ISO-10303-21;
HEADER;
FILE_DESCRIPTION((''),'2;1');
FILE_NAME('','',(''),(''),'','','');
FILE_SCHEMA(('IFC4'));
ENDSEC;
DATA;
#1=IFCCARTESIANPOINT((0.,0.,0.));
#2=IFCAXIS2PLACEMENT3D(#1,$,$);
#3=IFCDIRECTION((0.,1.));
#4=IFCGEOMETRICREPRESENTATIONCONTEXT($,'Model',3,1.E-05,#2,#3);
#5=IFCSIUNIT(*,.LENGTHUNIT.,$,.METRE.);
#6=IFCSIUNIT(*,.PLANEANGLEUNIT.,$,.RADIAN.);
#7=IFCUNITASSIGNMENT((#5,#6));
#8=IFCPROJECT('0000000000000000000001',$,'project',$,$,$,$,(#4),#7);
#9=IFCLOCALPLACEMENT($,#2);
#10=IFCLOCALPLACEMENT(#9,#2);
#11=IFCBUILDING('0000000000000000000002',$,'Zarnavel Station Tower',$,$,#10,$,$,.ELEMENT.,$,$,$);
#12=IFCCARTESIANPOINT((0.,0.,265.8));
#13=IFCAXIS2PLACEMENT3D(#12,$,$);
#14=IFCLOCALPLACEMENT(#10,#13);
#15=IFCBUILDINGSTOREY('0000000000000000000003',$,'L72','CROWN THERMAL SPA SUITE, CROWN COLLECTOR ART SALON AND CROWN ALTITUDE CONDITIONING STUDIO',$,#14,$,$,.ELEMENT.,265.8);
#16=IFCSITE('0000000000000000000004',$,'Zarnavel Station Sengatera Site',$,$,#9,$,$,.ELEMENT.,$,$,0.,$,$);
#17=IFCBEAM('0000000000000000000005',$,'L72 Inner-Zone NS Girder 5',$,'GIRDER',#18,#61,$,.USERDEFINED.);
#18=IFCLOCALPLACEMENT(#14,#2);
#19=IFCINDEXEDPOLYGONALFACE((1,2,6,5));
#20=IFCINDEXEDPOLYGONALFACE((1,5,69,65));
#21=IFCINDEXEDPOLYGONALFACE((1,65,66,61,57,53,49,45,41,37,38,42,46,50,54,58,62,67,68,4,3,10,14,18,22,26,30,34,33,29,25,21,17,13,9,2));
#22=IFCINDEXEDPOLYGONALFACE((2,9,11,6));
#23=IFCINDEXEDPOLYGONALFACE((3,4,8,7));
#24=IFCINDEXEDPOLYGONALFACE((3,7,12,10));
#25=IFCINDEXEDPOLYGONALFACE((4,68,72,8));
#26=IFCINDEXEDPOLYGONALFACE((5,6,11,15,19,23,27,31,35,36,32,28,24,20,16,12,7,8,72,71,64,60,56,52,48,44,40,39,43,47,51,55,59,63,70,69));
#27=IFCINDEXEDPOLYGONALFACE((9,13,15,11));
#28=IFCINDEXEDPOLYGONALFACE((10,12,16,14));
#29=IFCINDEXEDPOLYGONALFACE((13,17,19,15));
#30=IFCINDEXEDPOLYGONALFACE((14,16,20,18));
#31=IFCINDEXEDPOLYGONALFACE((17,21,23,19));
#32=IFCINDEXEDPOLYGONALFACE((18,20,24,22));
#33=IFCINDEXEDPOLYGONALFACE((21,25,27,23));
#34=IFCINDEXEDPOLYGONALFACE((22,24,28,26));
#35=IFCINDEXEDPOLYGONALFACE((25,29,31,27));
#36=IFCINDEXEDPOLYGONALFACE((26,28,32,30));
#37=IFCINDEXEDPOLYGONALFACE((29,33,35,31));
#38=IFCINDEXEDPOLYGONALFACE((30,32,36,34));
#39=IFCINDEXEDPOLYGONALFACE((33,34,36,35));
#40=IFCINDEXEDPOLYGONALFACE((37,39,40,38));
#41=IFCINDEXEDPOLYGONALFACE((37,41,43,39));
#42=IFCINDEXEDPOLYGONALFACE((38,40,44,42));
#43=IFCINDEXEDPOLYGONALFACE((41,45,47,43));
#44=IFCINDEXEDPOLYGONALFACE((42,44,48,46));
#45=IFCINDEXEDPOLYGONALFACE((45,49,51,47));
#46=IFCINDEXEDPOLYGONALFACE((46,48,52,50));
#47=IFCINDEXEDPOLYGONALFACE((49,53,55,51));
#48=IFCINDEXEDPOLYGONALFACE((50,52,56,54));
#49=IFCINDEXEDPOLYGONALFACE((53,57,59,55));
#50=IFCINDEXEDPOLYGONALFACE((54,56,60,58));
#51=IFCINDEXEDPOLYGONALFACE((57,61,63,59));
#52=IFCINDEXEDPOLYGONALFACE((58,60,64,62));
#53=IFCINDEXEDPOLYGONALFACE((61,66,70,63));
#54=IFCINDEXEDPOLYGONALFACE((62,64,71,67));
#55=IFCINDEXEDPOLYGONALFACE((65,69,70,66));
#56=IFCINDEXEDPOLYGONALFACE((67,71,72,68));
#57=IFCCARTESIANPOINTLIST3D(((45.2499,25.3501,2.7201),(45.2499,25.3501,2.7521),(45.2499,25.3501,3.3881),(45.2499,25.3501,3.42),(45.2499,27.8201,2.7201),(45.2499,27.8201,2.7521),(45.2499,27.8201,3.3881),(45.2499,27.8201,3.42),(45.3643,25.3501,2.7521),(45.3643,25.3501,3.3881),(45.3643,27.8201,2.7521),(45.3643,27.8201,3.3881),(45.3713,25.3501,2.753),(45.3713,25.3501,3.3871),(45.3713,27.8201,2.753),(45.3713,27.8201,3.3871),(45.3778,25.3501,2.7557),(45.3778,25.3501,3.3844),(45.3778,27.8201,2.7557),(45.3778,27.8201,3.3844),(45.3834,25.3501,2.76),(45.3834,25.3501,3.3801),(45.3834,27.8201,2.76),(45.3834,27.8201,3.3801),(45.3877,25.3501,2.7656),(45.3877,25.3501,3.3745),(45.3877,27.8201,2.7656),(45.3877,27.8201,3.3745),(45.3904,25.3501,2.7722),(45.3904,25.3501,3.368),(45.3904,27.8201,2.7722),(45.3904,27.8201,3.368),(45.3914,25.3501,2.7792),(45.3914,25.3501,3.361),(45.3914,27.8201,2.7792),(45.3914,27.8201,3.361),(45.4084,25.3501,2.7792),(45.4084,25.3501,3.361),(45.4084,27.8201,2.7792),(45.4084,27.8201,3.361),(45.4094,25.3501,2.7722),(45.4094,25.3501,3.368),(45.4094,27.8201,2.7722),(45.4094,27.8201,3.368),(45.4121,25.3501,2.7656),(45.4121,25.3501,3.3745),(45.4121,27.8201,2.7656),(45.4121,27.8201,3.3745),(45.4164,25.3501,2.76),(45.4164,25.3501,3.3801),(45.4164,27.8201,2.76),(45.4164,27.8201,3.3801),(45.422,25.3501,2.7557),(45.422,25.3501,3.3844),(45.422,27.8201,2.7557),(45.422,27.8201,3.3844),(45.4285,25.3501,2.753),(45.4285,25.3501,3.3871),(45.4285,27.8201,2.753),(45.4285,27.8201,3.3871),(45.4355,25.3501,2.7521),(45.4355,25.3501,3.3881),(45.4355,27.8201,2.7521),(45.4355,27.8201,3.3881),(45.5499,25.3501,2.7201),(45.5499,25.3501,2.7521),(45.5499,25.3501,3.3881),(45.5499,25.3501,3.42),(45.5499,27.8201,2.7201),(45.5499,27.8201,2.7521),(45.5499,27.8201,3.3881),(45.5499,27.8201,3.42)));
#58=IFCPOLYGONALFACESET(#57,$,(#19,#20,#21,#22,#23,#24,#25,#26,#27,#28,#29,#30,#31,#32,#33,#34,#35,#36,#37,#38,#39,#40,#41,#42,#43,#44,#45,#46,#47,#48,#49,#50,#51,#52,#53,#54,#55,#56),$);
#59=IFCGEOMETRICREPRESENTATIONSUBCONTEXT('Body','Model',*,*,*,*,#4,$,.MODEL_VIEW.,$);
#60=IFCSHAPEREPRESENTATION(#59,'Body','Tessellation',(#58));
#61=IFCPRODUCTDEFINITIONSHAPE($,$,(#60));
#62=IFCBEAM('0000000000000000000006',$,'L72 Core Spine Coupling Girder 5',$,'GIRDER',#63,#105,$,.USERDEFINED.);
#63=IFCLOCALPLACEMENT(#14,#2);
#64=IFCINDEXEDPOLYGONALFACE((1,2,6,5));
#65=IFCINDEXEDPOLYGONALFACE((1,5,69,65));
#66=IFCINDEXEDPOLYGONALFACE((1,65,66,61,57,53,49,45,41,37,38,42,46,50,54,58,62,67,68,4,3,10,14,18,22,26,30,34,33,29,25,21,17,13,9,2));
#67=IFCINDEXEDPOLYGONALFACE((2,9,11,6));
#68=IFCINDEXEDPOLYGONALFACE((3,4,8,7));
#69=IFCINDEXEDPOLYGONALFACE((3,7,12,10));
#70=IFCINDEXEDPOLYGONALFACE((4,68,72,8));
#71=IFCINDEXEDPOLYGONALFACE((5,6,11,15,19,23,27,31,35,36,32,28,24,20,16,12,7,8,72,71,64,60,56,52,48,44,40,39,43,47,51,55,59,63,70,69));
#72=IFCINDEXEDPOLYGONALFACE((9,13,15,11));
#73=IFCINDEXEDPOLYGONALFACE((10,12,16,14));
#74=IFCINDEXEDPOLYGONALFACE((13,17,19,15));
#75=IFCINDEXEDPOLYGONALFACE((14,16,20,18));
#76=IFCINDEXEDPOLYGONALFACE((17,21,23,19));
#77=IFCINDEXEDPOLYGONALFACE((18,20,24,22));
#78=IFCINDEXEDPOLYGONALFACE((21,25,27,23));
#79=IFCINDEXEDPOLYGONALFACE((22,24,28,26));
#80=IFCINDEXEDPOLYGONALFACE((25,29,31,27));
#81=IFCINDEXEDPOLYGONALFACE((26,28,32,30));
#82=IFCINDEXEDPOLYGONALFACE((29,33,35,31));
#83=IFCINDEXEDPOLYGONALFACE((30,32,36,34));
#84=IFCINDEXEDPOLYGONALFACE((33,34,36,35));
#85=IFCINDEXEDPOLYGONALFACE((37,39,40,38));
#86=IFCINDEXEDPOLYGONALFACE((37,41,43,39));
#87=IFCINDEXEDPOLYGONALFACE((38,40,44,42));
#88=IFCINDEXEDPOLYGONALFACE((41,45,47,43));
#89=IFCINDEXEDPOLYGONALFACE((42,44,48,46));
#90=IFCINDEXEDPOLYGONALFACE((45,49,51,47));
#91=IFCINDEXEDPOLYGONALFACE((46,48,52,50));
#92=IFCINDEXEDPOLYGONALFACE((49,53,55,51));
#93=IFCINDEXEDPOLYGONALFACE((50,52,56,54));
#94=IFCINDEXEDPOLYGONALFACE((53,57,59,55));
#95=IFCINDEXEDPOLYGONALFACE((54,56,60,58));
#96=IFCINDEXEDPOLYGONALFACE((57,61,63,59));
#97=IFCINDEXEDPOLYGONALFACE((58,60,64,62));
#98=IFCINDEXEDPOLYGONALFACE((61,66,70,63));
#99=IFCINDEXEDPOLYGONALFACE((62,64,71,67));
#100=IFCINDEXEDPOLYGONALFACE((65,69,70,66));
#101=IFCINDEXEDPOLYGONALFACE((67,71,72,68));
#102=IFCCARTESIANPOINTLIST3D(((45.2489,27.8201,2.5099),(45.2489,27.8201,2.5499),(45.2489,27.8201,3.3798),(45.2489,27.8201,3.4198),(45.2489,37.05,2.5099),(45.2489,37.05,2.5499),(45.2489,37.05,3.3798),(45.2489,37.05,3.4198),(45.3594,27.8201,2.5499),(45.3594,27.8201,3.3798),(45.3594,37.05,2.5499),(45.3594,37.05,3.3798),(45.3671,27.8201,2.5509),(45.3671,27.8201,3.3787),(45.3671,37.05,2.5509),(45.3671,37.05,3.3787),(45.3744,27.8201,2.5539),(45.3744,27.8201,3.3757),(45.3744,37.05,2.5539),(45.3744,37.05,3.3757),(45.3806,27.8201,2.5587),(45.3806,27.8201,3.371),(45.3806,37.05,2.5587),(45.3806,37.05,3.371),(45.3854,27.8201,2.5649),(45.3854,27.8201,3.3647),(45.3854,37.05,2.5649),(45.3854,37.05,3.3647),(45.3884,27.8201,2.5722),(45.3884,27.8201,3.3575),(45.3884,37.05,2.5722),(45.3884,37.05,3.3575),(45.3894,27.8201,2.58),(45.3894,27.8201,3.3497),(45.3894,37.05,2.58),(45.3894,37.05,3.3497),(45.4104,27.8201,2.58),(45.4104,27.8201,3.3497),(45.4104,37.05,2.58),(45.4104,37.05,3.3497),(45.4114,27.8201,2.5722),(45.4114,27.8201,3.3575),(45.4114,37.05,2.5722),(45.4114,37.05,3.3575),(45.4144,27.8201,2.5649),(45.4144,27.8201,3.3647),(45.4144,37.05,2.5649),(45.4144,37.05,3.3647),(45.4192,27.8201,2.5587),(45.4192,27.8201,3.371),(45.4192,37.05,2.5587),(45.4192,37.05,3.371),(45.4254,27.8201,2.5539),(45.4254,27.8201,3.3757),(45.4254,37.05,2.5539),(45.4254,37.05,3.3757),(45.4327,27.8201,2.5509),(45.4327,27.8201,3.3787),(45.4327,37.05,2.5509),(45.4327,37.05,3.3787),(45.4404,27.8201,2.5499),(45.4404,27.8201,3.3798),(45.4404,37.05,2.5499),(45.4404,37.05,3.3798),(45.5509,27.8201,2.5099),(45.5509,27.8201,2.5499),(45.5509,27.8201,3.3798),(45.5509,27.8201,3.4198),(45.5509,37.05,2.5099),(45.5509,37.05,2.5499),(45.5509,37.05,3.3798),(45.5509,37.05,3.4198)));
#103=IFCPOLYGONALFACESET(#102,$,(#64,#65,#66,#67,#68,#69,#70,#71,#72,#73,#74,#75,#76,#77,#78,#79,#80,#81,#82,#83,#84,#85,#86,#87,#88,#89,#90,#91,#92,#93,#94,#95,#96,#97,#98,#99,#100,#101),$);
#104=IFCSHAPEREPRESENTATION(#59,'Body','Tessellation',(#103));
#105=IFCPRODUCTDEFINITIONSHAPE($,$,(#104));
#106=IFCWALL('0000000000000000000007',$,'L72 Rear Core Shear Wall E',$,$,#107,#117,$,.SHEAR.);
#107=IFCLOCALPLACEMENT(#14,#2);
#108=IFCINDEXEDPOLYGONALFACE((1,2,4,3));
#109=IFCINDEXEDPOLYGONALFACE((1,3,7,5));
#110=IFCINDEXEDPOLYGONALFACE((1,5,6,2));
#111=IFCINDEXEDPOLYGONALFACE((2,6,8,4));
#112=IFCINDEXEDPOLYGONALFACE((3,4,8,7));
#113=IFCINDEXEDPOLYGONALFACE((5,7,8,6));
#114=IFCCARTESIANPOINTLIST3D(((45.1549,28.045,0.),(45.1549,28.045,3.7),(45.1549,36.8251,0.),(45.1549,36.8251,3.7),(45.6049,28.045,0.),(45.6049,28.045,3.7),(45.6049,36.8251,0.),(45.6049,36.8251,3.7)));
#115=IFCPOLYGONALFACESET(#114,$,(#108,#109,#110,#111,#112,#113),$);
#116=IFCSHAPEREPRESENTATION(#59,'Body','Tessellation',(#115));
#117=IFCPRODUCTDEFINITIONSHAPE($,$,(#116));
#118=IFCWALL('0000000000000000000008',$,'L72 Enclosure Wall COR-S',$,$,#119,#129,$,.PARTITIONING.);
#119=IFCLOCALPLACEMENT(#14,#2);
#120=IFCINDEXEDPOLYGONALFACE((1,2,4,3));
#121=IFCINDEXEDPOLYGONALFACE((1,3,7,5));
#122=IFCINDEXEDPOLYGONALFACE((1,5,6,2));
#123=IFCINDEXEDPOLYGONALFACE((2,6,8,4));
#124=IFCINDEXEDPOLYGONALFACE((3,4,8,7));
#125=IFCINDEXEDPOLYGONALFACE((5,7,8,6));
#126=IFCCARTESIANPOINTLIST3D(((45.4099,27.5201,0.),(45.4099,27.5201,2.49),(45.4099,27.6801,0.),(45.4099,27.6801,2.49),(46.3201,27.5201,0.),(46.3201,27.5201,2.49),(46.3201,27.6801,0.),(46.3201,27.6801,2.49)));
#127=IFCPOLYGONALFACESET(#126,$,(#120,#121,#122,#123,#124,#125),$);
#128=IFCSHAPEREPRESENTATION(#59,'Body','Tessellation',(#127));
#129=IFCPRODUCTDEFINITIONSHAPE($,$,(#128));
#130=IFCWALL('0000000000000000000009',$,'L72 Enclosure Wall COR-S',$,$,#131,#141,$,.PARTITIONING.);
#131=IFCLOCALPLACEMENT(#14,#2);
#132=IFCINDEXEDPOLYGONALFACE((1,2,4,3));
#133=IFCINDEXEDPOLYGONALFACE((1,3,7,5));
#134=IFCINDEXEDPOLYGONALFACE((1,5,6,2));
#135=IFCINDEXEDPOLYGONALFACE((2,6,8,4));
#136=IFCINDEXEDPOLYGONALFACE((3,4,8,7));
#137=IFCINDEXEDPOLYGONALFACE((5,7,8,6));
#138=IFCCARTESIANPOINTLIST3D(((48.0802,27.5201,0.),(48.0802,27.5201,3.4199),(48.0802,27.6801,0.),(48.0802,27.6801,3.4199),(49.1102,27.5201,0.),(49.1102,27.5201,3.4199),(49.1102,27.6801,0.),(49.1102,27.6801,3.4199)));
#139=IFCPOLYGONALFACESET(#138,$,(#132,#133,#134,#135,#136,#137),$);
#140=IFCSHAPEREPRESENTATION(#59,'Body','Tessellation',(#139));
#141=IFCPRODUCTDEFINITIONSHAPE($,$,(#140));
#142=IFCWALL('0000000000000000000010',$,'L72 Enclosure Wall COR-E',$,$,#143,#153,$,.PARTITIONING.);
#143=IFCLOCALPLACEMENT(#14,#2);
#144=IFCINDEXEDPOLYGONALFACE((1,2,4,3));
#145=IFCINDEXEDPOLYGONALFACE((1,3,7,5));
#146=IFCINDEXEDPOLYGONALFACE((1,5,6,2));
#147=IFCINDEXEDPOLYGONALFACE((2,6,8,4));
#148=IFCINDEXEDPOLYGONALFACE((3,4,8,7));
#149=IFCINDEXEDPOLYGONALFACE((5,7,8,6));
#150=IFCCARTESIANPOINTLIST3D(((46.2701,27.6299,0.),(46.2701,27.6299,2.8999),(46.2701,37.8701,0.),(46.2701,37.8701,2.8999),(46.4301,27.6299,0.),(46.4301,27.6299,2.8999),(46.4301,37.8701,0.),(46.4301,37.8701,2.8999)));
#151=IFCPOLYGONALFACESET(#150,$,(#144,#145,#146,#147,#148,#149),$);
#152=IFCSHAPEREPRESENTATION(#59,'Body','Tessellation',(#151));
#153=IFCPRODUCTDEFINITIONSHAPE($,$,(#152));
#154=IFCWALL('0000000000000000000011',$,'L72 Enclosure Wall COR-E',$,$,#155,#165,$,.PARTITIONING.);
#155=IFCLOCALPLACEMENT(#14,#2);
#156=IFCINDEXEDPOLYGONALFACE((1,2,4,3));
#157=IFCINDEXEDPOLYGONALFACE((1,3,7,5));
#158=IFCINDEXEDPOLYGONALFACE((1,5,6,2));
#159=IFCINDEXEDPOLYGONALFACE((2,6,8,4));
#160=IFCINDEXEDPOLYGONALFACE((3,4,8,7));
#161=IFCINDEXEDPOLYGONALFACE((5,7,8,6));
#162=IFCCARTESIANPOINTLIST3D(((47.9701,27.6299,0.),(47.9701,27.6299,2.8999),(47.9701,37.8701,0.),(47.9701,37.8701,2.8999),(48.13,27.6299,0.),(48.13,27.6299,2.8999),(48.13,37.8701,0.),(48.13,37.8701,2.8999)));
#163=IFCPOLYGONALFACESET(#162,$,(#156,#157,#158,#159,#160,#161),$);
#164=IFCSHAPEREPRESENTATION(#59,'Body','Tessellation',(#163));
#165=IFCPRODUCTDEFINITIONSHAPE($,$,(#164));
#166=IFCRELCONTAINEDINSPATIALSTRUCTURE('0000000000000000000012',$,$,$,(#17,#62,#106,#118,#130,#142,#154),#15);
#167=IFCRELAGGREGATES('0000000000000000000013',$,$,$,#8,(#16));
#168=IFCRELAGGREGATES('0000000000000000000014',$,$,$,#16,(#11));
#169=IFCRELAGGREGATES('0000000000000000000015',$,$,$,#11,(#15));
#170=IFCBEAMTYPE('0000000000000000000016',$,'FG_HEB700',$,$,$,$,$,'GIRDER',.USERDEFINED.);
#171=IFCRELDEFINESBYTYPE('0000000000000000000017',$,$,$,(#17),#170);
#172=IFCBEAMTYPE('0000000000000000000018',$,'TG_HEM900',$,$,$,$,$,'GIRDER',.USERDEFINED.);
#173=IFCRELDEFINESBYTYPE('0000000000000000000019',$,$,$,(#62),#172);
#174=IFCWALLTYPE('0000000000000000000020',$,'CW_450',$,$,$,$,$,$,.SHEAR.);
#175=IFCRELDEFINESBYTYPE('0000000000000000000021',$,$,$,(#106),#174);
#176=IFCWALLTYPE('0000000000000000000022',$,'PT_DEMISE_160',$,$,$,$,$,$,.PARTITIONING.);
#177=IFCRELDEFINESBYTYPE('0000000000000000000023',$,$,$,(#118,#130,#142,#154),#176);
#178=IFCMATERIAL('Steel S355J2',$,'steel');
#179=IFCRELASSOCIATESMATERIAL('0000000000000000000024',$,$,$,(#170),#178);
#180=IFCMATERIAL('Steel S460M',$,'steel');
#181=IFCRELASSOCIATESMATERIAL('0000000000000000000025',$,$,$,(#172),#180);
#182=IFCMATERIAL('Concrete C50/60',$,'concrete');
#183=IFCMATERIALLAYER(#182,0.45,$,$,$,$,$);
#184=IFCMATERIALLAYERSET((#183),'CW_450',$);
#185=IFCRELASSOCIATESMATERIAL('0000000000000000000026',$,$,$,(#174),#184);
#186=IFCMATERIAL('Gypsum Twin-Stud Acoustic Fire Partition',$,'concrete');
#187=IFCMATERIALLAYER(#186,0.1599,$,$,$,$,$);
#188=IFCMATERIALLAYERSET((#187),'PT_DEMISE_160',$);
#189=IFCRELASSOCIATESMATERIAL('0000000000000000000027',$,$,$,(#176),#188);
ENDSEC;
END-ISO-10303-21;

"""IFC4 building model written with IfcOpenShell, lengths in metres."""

from ifc_helpers import new_model, si_unit, direction, frame, frame_2d, origin, origin_2d, place, context, subcontext, project, spatial, rectangle, i_section, extrude, material, layer, layer_set, material_profile, profile_set, type_object, element, save


model = new_model("IFC4")

# Units and contexts
model_context = context("Model", 3, precision=1e-05, world=origin(), true_north=direction((0.0, 1.0)))
body_context = subcontext(model_context, "Body", "Model", "MODEL_VIEW")
ifc_project = project(units=[si_unit("LENGTHUNIT", "METRE"), si_unit("PLANEANGLEUNIT", "RADIAN")], contexts=[model_context])

# Site, building, storey
site_placement = place(None, origin())
site = spatial("IfcSite", under=ifc_project, at=site_placement, Name="Zarnavel Station Sengatera Site", CompositionType="ELEMENT", RefElevation=0.0)
building_placement = place(site_placement, origin())
building = spatial("IfcBuilding", under=site, at=building_placement, Name="Zarnavel Station Tower", CompositionType="ELEMENT")
storey_placement = place(building_placement, frame((0.0, 0.0, 265.8)))
storey = spatial("IfcBuildingStorey", under=building, at=storey_placement, Name="L72", Description="CROWN THERMAL SPA SUITE, CROWN COLLECTOR ART SALON AND CROWN ALTITUDE CONDITIONING STUDIO", CompositionType="ELEMENT", Elevation=265.8)

# Beams
ifc_material_1 = material(Name="Steel S355J2", Category="steel")
ifc_material_profile_1 = material_profile(ifc_material_1, i_section(OverallWidth=0.3, OverallDepth=0.7, WebThickness=0.0171, FlangeThickness=0.032, FilletRadius=0.0271, at=origin_2d()), Name="HEB700")
ifc_profile_set_1 = profile_set([ifc_material_profile_1], Name="Steel S355J2")
beam_type_1 = type_object("IfcBeamType", Name="FG_HEB700", ElementType="GIRDER", PredefinedType="USERDEFINED", material=ifc_profile_set_1)
beam_1_placement = place(storey_placement, frame((45.3999, 25.3501, 3.0701), z_axis=(0.0, 1.0, 0.0), x_axis=(-1.0, 0.0, 0.0)))
element("IfcBeam", 1, at=beam_1_placement, inside=storey, type_object=beam_type_1, Name="L72 Inner-Zone NS Girder 5", ObjectType="GIRDER", PredefinedType="USERDEFINED", context=body_context, shape_type="SweptSolid", body=[
    extrude(i_section(OverallWidth=0.3, OverallDepth=0.7, WebThickness=0.0171, FlangeThickness=0.032, FilletRadius=0.0271, at=origin_2d()), origin(), (0.0, 0.0, 1.0), 2.47),
])
ifc_material_2 = material(Name="Steel S460M", Category="steel")
ifc_material_profile_2 = material_profile(ifc_material_2, i_section(OverallWidth=0.302, OverallDepth=0.9099, WebThickness=0.021, FlangeThickness=0.04, FilletRadius=0.03, at=origin_2d()), Name="HEM900")
ifc_profile_set_2 = profile_set([ifc_material_profile_2], Name="Steel S460M")
beam_type_2 = type_object("IfcBeamType", Name="TG_HEM900", ElementType="GIRDER", PredefinedType="USERDEFINED", material=ifc_profile_set_2)
beam_2_placement = place(storey_placement, frame((45.3999, 27.8201, 2.9648), z_axis=(0.0, 1.0, 0.0), x_axis=(-1.0, 0.0, 0.0)))
element("IfcBeam", 2, at=beam_2_placement, inside=storey, type_object=beam_type_2, Name="L72 Core Spine Coupling Girder 5", ObjectType="GIRDER", PredefinedType="USERDEFINED", context=body_context, shape_type="SweptSolid", body=[
    extrude(i_section(OverallWidth=0.302, OverallDepth=0.9099, WebThickness=0.021, FlangeThickness=0.04, FilletRadius=0.03, at=origin_2d()), origin(), (0.0, 0.0, 1.0), 9.23),
])

# Shared definitions
ifc_material_3 = material(Name="Concrete C50/60", Category="concrete")
ifc_layer_1 = layer(ifc_material_3, 0.45)
ifc_layer_set_1 = layer_set([ifc_layer_1], Name="CW_450")
wall_type_1 = type_object("IfcWallType", Name="CW_450", PredefinedType="SHEAR", material=ifc_layer_set_1)

# Walls
wall_1_placement = place(storey_placement, frame((45.3799, 28.0449, 0.0), z_axis=(0.0, 0.0, 1.0), x_axis=(0.0, 1.0, 0.0)))
element("IfcWall", 3, at=wall_1_placement, inside=storey, type_object=wall_type_1, Name="L72 Rear Core Shear Wall E", PredefinedType="SHEAR", context=body_context, shape_type="SweptSolid", body=[
    extrude(rectangle(XDim=8.78, YDim=0.45, at=frame_2d((4.3901, 0.0))), origin(), (0.0, 0.0, 1.0), 3.7),
])
ifc_material_4 = material(Name="Gypsum Twin-Stud Acoustic Fire Partition", Category="concrete")
ifc_layer_2 = layer(ifc_material_4, 0.1599)
ifc_layer_set_2 = layer_set([ifc_layer_2], Name="PT_DEMISE_160")
wall_type_2 = type_object("IfcWallType", Name="PT_DEMISE_160", PredefinedType="PARTITIONING", material=ifc_layer_set_2)
wall_2_placement = place(storey_placement, frame((45.4099, 27.6001, 0.0), z_axis=(0.0, 0.0, 1.0), x_axis=(1.0, 0.0, 0.0)))
element("IfcWall", 4, at=wall_2_placement, inside=storey, type_object=wall_type_2, Name="L72 Enclosure Wall COR-S", PredefinedType="PARTITIONING", context=body_context, shape_type="SweptSolid", body=[
    extrude(rectangle(XDim=0.9102, YDim=0.1599, at=frame_2d((0.4551, 0.0))), origin(), (0.0, 0.0, 1.0), 2.49),
])
wall_3_placement = place(storey_placement, frame((48.0801, 27.6001, 0.0), z_axis=(0.0, 0.0, 1.0), x_axis=(1.0, 0.0, 0.0)))
element("IfcWall", 5, at=wall_3_placement, inside=storey, type_object=wall_type_2, Name="L72 Enclosure Wall COR-S", PredefinedType="PARTITIONING", context=body_context, shape_type="SweptSolid", body=[
    extrude(rectangle(XDim=1.03, YDim=0.1599, at=frame_2d((0.5151, 0.0))), origin(), (0.0, 0.0, 1.0), 3.4199),
])
for number, where, z_axis, x_axis, name in (
    (6, (46.3501, 27.6299, 0.0), (0.0, 0.0, 1.0), (0.0, 1.0, 0.0), "L72 Enclosure Wall COR-E"),
    (7, (48.05, 27.6299, 0.0), (0.0, 0.0, 1.0), (0.0, 1.0, 0.0), "L72 Enclosure Wall COR-E"),
):
    element("IfcWall", number, at=place(storey_placement, frame(where, z_axis=z_axis, x_axis=x_axis)), inside=storey, type_object=wall_type_2, Name=name, PredefinedType="PARTITIONING", context=body_context, shape_type="SweptSolid", body=[
        extrude(rectangle(XDim=10.2402, YDim=0.1599, at=frame_2d((5.1201, 0.0))), origin(), (0.0, 0.0, 1.0), 2.8999),
    ])

save(model, "model.ifc")
